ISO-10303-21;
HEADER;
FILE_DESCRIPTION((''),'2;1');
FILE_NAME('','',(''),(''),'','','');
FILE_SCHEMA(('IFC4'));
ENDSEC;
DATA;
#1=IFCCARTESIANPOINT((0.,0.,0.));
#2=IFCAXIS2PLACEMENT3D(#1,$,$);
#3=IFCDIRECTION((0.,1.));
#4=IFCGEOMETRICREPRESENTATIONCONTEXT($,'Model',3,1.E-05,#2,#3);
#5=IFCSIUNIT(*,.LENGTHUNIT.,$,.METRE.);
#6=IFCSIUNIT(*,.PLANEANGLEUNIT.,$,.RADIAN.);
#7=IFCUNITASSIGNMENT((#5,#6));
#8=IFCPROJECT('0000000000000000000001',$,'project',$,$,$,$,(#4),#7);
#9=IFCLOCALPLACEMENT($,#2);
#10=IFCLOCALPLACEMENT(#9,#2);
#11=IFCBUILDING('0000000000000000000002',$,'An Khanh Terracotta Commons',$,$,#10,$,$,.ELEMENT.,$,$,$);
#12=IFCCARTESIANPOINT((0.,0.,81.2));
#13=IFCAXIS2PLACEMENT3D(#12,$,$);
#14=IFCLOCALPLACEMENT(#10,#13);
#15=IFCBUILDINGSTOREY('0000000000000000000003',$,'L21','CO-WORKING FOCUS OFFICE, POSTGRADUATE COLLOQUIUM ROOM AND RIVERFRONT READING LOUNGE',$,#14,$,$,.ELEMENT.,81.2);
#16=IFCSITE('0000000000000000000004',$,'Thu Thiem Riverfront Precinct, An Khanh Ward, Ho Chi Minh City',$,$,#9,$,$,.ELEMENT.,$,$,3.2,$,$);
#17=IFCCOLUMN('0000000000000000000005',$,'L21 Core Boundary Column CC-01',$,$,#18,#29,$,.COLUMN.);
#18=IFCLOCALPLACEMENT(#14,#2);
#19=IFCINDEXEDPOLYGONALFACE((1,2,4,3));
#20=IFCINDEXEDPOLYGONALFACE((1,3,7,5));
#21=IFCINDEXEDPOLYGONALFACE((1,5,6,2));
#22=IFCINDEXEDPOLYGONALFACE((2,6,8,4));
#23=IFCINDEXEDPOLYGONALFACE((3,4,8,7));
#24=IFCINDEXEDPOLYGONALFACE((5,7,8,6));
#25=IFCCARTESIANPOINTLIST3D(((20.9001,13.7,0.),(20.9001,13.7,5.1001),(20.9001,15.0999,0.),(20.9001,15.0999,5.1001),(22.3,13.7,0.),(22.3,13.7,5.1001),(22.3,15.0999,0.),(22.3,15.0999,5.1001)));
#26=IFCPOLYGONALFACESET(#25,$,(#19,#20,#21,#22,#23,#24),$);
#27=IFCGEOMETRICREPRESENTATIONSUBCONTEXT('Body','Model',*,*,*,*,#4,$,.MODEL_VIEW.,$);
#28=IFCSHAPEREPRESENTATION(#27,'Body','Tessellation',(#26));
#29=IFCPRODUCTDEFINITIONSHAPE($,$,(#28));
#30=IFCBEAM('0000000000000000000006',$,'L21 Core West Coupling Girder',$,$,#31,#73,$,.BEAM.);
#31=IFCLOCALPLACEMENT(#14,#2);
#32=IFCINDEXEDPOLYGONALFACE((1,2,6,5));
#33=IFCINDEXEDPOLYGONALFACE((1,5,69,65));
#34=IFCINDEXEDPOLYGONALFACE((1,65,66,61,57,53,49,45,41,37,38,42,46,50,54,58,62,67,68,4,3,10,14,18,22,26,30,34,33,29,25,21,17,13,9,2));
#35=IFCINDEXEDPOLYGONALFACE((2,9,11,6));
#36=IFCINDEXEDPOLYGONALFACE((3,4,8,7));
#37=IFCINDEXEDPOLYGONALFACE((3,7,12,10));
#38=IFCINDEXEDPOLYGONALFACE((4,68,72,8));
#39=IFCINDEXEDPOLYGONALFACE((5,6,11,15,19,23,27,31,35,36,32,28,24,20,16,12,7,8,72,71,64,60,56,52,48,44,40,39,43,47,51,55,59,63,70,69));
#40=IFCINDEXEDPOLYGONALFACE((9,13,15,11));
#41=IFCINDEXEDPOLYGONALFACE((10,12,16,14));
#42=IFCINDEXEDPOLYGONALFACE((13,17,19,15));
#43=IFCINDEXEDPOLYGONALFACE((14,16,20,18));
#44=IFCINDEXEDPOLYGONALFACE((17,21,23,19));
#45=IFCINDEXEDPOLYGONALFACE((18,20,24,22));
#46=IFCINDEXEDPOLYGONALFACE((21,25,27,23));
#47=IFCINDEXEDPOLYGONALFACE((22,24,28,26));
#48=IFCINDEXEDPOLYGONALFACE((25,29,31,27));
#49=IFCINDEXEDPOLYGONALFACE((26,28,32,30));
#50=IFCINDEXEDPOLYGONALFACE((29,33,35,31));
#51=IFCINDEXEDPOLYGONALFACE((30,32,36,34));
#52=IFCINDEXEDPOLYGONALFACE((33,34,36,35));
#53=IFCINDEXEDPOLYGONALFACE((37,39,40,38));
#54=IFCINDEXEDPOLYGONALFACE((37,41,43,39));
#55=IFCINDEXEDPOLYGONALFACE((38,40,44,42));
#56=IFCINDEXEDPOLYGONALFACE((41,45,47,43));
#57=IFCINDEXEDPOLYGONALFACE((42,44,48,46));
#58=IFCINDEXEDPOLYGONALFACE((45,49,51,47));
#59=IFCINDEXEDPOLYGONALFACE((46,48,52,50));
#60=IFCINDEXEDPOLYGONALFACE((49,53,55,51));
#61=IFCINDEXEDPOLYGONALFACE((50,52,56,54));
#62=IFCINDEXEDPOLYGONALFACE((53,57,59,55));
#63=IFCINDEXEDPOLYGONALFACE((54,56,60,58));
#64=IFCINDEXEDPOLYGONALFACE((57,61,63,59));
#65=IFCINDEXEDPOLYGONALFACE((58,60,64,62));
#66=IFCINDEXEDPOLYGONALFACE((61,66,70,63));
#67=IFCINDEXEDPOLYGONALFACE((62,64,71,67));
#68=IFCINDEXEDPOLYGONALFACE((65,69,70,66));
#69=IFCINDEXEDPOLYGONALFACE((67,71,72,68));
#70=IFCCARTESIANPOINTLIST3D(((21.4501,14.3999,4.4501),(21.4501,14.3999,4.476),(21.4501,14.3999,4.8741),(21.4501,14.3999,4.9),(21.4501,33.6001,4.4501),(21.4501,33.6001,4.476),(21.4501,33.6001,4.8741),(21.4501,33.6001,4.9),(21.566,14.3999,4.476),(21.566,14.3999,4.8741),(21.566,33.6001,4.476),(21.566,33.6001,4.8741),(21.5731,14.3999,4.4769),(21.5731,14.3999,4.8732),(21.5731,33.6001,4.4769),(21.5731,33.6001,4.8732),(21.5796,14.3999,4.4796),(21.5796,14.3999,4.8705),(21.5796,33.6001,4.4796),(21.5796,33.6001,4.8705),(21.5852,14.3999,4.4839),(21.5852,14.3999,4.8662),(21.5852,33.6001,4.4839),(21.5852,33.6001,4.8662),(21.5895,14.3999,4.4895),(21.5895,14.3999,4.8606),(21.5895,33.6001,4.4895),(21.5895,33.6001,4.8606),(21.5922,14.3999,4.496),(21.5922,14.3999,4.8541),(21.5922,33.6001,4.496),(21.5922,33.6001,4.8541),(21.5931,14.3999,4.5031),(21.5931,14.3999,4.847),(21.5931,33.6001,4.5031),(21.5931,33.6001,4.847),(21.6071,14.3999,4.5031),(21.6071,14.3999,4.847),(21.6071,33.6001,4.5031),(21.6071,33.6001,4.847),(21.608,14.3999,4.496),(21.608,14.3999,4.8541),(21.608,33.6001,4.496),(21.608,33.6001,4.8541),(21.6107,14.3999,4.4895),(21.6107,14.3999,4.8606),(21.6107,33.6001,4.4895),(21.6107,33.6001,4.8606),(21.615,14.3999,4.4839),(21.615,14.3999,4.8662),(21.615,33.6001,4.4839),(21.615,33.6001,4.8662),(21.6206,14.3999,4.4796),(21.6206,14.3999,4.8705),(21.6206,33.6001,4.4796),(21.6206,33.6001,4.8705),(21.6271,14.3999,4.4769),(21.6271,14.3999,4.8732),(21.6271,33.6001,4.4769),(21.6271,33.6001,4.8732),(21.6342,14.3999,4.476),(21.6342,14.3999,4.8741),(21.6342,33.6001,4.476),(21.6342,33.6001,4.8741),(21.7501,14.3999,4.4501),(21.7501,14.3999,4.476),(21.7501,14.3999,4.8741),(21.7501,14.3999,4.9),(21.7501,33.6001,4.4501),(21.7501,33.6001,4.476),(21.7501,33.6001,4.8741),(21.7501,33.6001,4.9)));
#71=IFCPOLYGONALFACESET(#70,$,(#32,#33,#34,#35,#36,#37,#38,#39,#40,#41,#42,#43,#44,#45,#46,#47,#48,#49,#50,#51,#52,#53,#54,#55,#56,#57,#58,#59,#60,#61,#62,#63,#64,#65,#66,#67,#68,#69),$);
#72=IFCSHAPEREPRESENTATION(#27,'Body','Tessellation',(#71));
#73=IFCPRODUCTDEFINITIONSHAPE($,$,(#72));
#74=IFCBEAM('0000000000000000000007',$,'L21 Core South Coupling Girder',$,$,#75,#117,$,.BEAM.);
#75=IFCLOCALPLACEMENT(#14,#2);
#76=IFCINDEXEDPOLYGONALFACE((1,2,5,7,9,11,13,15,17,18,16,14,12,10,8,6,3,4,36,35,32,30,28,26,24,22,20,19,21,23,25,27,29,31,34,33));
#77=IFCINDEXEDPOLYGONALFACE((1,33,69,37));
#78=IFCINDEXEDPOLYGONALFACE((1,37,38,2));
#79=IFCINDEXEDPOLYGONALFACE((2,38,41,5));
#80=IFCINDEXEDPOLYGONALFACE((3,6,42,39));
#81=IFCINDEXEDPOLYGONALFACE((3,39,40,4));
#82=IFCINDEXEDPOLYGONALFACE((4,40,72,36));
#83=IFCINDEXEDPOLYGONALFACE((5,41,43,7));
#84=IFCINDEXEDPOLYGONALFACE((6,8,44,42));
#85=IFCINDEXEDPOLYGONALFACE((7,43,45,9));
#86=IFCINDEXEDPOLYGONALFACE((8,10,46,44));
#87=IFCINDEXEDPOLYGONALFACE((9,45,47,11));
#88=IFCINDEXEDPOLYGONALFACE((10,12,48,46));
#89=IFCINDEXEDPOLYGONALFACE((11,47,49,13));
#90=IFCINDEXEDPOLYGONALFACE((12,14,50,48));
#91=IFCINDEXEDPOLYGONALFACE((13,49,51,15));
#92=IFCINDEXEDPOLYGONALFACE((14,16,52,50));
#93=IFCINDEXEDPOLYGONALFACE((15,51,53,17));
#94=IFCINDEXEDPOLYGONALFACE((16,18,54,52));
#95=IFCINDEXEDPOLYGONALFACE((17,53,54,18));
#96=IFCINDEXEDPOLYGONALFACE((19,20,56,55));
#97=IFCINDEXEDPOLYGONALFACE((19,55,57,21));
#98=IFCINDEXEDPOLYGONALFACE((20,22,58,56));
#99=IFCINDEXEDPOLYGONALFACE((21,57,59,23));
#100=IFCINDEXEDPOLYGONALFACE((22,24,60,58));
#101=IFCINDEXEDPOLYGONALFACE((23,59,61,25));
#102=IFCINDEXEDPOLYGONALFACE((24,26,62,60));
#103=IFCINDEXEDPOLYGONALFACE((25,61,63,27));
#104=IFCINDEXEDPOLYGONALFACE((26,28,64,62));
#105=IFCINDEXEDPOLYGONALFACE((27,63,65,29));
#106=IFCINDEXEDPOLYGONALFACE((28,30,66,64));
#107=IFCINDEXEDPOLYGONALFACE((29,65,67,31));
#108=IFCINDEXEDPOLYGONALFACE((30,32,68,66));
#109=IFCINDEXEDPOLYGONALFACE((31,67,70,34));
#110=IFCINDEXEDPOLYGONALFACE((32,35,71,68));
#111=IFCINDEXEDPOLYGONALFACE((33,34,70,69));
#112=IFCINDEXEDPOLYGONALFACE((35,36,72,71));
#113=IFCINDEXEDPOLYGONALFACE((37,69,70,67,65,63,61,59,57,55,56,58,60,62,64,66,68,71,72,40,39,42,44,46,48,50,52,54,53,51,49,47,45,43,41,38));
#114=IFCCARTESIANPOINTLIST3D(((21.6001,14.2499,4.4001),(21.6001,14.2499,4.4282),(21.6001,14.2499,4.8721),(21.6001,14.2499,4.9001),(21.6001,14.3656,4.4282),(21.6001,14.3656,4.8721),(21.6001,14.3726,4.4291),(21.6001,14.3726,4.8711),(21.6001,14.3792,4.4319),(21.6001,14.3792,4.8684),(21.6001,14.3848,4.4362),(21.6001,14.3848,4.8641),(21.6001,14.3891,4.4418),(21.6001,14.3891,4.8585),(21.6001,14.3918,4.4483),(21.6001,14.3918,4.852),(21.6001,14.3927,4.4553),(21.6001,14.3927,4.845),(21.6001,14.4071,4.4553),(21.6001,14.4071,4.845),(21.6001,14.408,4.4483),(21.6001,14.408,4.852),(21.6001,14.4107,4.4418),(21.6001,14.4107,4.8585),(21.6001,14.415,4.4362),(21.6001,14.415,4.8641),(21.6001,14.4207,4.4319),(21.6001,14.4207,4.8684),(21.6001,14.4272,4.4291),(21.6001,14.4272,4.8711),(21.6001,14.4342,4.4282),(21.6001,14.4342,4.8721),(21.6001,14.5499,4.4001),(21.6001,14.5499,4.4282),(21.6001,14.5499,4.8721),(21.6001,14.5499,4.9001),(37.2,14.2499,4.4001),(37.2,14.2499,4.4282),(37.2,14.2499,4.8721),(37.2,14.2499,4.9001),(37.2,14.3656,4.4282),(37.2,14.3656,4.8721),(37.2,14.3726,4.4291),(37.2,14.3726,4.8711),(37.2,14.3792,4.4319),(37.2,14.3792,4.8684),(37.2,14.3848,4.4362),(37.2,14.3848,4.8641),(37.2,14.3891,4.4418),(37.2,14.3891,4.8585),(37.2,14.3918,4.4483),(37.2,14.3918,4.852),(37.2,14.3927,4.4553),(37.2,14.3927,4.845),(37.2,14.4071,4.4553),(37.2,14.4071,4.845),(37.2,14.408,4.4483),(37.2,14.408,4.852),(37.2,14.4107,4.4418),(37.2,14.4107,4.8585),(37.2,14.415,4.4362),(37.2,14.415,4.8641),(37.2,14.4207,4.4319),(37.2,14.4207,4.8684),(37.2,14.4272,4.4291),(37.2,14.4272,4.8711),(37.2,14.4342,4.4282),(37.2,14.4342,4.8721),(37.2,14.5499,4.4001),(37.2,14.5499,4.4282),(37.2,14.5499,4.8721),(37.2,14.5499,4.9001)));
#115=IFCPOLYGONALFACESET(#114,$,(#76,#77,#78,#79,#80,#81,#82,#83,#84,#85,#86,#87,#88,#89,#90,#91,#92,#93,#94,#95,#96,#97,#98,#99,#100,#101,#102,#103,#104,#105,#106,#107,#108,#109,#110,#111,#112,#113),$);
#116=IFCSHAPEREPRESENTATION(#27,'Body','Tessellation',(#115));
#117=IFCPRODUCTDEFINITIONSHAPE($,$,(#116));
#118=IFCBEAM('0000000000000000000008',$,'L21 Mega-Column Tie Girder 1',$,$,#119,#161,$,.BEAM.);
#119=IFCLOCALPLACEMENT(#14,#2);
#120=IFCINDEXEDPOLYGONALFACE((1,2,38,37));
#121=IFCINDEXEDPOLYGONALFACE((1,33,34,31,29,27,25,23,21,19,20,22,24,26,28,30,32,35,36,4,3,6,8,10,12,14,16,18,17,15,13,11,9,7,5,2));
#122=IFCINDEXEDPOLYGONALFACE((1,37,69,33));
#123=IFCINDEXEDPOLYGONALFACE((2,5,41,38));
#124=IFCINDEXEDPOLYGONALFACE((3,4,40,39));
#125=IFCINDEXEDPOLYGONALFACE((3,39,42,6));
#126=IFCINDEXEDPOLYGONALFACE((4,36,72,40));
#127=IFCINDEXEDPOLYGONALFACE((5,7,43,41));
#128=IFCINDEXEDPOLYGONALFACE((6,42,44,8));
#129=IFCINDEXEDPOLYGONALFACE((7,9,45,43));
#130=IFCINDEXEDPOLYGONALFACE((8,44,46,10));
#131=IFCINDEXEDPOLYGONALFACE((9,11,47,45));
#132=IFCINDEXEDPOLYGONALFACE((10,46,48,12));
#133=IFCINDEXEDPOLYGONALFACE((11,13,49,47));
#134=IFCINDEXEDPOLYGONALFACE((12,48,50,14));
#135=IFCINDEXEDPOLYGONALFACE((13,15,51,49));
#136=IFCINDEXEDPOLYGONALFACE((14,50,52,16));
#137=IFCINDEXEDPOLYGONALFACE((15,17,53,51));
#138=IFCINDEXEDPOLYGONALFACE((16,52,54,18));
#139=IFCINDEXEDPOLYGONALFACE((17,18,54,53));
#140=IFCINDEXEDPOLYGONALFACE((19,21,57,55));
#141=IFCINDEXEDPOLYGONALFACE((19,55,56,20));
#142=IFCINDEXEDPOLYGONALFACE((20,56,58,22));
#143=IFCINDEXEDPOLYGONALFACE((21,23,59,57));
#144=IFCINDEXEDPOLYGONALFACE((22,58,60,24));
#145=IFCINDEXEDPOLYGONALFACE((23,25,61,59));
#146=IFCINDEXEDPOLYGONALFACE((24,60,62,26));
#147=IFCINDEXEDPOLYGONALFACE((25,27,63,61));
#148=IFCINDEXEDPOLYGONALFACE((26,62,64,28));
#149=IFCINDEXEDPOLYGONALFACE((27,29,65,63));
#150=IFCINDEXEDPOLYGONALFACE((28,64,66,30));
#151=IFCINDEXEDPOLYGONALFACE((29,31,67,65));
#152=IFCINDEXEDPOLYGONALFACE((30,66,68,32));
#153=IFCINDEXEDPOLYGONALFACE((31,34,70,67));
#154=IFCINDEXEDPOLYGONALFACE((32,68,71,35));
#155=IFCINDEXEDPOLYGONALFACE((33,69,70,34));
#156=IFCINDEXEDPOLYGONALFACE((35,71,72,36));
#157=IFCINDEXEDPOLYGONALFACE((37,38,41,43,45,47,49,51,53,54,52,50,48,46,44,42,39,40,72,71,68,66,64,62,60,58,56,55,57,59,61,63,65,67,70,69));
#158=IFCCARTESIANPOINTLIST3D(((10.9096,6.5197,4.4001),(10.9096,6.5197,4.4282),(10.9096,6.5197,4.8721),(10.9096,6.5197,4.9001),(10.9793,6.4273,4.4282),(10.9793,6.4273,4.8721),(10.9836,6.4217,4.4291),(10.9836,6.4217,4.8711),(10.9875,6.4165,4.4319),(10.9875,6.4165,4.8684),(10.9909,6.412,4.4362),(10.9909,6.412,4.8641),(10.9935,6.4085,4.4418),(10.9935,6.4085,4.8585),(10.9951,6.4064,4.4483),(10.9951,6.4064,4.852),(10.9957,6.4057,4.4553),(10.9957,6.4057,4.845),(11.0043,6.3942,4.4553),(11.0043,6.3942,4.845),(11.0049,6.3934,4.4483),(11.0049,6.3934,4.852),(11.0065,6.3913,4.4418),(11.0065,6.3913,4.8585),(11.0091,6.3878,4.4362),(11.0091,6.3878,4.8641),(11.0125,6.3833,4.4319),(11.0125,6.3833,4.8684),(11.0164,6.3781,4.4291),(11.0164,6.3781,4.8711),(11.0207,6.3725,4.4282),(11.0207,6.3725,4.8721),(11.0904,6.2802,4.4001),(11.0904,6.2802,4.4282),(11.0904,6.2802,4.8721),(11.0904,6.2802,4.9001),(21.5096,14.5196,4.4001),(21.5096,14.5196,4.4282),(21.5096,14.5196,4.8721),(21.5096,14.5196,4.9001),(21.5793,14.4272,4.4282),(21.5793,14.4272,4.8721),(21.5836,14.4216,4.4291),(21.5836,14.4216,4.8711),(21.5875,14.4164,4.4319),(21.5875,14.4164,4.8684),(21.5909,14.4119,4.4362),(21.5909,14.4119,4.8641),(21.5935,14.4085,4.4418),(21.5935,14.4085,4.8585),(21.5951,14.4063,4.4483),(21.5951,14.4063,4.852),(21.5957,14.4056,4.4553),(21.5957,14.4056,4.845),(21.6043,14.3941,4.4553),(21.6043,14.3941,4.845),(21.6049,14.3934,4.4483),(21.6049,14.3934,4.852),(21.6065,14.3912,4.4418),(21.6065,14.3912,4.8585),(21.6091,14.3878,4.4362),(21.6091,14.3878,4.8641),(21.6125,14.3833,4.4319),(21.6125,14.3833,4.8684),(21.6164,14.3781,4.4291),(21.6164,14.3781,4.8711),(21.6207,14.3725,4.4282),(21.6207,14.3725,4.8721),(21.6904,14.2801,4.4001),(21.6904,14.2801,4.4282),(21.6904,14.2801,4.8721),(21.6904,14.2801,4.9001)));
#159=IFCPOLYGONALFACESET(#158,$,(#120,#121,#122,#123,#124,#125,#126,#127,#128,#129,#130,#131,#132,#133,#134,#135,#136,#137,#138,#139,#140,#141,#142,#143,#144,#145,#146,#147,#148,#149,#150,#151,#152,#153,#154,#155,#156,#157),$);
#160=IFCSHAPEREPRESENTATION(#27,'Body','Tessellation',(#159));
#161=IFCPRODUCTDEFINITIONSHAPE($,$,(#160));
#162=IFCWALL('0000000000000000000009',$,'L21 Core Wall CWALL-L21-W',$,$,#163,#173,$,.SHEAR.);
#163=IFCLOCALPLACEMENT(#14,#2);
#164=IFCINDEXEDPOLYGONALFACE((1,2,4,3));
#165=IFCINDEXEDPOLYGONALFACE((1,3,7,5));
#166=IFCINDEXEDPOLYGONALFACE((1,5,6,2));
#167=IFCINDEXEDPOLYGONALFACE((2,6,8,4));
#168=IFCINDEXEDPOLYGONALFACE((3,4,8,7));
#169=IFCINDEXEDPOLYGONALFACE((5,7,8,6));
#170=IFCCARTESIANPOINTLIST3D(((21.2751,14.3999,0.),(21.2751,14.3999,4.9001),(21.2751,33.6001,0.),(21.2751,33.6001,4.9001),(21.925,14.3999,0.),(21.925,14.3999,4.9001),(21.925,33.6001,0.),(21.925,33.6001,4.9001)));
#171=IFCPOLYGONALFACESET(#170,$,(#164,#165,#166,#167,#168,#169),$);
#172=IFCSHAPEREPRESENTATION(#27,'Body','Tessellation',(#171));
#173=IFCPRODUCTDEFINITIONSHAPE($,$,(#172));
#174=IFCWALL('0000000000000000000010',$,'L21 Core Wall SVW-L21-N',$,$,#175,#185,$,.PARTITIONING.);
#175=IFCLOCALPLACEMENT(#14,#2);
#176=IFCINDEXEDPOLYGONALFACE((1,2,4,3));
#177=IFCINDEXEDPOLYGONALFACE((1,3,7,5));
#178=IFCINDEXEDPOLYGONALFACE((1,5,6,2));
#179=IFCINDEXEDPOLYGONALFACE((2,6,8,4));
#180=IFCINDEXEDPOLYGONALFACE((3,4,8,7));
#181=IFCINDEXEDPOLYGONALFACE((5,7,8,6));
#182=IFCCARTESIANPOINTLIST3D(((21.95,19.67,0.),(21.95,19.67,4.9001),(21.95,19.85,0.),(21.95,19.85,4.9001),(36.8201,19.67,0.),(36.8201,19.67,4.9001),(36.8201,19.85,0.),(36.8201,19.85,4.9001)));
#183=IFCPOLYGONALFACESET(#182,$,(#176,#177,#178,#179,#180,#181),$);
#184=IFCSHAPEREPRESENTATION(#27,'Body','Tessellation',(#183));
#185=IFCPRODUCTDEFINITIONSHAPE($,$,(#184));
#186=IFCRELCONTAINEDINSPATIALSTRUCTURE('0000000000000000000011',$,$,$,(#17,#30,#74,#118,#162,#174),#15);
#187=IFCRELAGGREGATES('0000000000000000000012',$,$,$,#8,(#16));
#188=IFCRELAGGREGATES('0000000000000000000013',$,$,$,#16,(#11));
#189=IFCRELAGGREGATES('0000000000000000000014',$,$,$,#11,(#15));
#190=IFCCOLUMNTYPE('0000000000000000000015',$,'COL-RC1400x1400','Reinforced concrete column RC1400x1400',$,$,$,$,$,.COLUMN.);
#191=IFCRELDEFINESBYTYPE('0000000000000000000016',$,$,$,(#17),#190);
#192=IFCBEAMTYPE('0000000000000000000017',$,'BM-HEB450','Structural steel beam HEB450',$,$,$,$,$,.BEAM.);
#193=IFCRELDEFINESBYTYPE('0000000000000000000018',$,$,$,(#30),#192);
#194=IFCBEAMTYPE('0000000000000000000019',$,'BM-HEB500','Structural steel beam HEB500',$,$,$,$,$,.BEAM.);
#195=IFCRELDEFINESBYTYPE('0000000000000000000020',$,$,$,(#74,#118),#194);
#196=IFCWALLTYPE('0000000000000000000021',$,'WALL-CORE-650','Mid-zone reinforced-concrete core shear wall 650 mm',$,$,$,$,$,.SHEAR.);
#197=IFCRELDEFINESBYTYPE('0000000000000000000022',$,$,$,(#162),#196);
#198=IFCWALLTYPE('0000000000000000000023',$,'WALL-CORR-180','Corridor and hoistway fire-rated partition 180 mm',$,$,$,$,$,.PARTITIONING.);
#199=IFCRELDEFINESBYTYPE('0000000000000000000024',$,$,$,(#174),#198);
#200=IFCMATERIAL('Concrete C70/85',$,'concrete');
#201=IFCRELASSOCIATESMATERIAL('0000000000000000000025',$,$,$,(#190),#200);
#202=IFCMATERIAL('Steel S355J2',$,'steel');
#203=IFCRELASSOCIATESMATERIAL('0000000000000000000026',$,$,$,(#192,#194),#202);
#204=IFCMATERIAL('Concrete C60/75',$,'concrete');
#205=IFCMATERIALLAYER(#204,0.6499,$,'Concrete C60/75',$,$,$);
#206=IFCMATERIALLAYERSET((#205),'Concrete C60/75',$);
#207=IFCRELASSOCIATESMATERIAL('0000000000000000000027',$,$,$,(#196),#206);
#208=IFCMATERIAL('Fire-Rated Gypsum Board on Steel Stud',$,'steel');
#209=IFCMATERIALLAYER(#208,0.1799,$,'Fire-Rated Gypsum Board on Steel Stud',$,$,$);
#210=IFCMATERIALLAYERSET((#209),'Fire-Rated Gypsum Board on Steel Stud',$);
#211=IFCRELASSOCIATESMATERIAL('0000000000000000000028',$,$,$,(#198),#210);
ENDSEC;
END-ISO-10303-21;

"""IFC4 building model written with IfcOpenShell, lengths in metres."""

from ifc_helpers import new_model, si_unit, direction, frame, frame_2d, origin, origin_2d, place, context, subcontext, project, spatial, rectangle, i_section, extrude, material, layer, layer_set, material_profile, profile_set, type_object, element, save


model = new_model("IFC4")

# Units and contexts
model_context = context("Model", 3, precision=1e-05, world=origin(), true_north=direction((0.0, 1.0)))
body_context = subcontext(model_context, "Body", "Model", "MODEL_VIEW")
ifc_project = project(units=[si_unit("LENGTHUNIT", "METRE"), si_unit("PLANEANGLEUNIT", "RADIAN")], contexts=[model_context])

# Site, building, storey
site_placement = place(None, origin())
site = spatial("IfcSite", under=ifc_project, at=site_placement, Name="Thu Thiem Riverfront Precinct, An Khanh Ward, Ho Chi Minh City", CompositionType="ELEMENT", RefElevation=3.2)
building_placement = place(site_placement, origin())
building = spatial("IfcBuilding", under=site, at=building_placement, Name="An Khanh Terracotta Commons", CompositionType="ELEMENT")
storey_placement = place(building_placement, frame((0.0, 0.0, 81.2)))
storey = spatial("IfcBuildingStorey", under=building, at=storey_placement, Name="L21", Description="CO-WORKING FOCUS OFFICE, POSTGRADUATE COLLOQUIUM ROOM AND RIVERFRONT READING LOUNGE", CompositionType="ELEMENT", Elevation=81.2)

# Column
ifc_material_1 = material(Name="Concrete C70/85", Category="concrete")
ifc_material_profile_1 = material_profile(ifc_material_1, rectangle(XDim=1.3999, YDim=1.3999, at=origin_2d()), Name="RC1400x1400")
ifc_profile_set_1 = profile_set([ifc_material_profile_1], Name="Concrete C70/85")
column_type = type_object("IfcColumnType", Name="COL-RC1400x1400", Description="Reinforced concrete column RC1400x1400", PredefinedType="COLUMN", material=ifc_profile_set_1)
column_placement = place(storey_placement, frame((21.6001, 14.3999, 0.0), z_axis=(0.0, 0.0, 1.0), x_axis=(1.0, 0.0, 0.0)))
element("IfcColumn", 1, at=column_placement, inside=storey, type_object=column_type, Name="L21 Core Boundary Column CC-01", PredefinedType="COLUMN", context=body_context, shape_type="SweptSolid", body=[
    extrude(rectangle(XDim=1.3999, YDim=1.3999, at=origin_2d()), origin(), (0.0, 0.0, 1.0), 5.1001),
])

# Beams
ifc_material_2 = material(Name="Steel S355J2", Category="steel")
ifc_material_profile_2 = material_profile(ifc_material_2, i_section(OverallWidth=0.3, OverallDepth=0.45, WebThickness=0.0139, FlangeThickness=0.0259, FilletRadius=0.0271, at=origin_2d()), Name="HEB450")
ifc_profile_set_2 = profile_set([ifc_material_profile_2], Name="Steel S355J2")
beam_type_1 = type_object("IfcBeamType", Name="BM-HEB450", Description="Structural steel beam HEB450", PredefinedType="BEAM", material=ifc_profile_set_2)
beam_1_placement = place(storey_placement, frame((21.6001, 14.3999, 4.675), z_axis=(0.0, 1.0, 0.0), x_axis=(-1.0, 0.0, 0.0)))
element("IfcBeam", 2, at=beam_1_placement, inside=storey, type_object=beam_type_1, Name="L21 Core West Coupling Girder", PredefinedType="BEAM", context=body_context, shape_type="SweptSolid", body=[
    extrude(i_section(OverallWidth=0.3, OverallDepth=0.45, WebThickness=0.0139, FlangeThickness=0.0259, FilletRadius=0.0271, at=origin_2d()), origin(), (0.0, 0.0, 1.0), 19.2002),
])
ifc_material_profile_3 = material_profile(ifc_material_2, i_section(OverallWidth=0.3, OverallDepth=0.5, WebThickness=0.0144, FlangeThickness=0.0281, FilletRadius=0.0271, at=origin_2d()), Name="HEB500")
ifc_profile_set_3 = profile_set([ifc_material_profile_3], Name="Steel S355J2")
beam_type_2 = type_object("IfcBeamType", Name="BM-HEB500", Description="Structural steel beam HEB500", PredefinedType="BEAM", material=ifc_profile_set_3)
beam_2_placement = place(storey_placement, frame((21.6001, 14.3999, 4.6501), z_axis=(1.0, 0.0, 0.0), x_axis=(0.0, 1.0, 0.0)))
element("IfcBeam", 3, at=beam_2_placement, inside=storey, type_object=beam_type_2, Name="L21 Core South Coupling Girder", PredefinedType="BEAM", context=body_context, shape_type="SweptSolid", body=[
    extrude(i_section(OverallWidth=0.3, OverallDepth=0.5, WebThickness=0.0144, FlangeThickness=0.0281, FilletRadius=0.0271, at=origin_2d()), origin(), (0.0, 0.0, 1.0), 15.5999),
])
beam_3_placement = place(storey_placement, frame((11.0, 6.3999, 4.6501), z_axis=(0.798192, 0.602403, 0.0), x_axis=(-0.602403, 0.798192, 0.0)))
element("IfcBeam", 4, at=beam_3_placement, inside=storey, type_object=beam_type_2, Name="L21 Mega-Column Tie Girder 1", PredefinedType="BEAM", context=body_context, shape_type="SweptSolid", body=[
    extrude(i_section(OverallWidth=0.3, OverallDepth=0.5, WebThickness=0.0144, FlangeThickness=0.0281, FilletRadius=0.0271, at=origin_2d()), origin(), (0.0, 0.0, 1.0), 13.28),
])

# Walls
ifc_material_3 = material(Name="Concrete C60/75", Category="concrete")
ifc_layer_1 = layer(ifc_material_3, 0.6499, Name="Concrete C60/75")
ifc_layer_set_1 = layer_set([ifc_layer_1], Name="Concrete C60/75")
wall_type_1 = type_object("IfcWallType", Name="WALL-CORE-650", Description="Mid-zone reinforced-concrete core shear wall 650 mm", PredefinedType="SHEAR", material=ifc_layer_set_1)
wall_1_placement = place(storey_placement, frame((21.6001, 14.3999, 0.0), z_axis=(0.0, 0.0, 1.0), x_axis=(0.0, 1.0, 0.0)))
element("IfcWall", 5, at=wall_1_placement, inside=storey, type_object=wall_type_1, Name="L21 Core Wall CWALL-L21-W", PredefinedType="SHEAR", context=body_context, shape_type="SweptSolid", body=[
    extrude(rectangle(XDim=19.2002, YDim=0.6499, at=frame_2d((9.6001, 0.0))), origin(), (0.0, 0.0, 1.0), 4.9001),
])
ifc_material_4 = material(Name="Fire-Rated Gypsum Board on Steel Stud", Category="steel")
ifc_layer_2 = layer(ifc_material_4, 0.1799, Name="Fire-Rated Gypsum Board on Steel Stud")
ifc_layer_set_2 = layer_set([ifc_layer_2], Name="Fire-Rated Gypsum Board on Steel Stud")
wall_type_2 = type_object("IfcWallType", Name="WALL-CORR-180", Description="Corridor and hoistway fire-rated partition 180 mm", PredefinedType="PARTITIONING", material=ifc_layer_set_2)
wall_2_placement = place(storey_placement, frame((21.95, 19.76, 0.0), z_axis=(0.0, 0.0, 1.0), x_axis=(1.0, 0.0, 0.0)))
element("IfcWall", 6, at=wall_2_placement, inside=storey, type_object=wall_type_2, Name="L21 Core Wall SVW-L21-N", PredefinedType="PARTITIONING", context=body_context, shape_type="SweptSolid", body=[
    extrude(rectangle(XDim=14.8701, YDim=0.1799, at=frame_2d((7.4351, 0.0))), origin(), (0.0, 0.0, 1.0), 4.9001),
])

save(model, "model.ifc")
